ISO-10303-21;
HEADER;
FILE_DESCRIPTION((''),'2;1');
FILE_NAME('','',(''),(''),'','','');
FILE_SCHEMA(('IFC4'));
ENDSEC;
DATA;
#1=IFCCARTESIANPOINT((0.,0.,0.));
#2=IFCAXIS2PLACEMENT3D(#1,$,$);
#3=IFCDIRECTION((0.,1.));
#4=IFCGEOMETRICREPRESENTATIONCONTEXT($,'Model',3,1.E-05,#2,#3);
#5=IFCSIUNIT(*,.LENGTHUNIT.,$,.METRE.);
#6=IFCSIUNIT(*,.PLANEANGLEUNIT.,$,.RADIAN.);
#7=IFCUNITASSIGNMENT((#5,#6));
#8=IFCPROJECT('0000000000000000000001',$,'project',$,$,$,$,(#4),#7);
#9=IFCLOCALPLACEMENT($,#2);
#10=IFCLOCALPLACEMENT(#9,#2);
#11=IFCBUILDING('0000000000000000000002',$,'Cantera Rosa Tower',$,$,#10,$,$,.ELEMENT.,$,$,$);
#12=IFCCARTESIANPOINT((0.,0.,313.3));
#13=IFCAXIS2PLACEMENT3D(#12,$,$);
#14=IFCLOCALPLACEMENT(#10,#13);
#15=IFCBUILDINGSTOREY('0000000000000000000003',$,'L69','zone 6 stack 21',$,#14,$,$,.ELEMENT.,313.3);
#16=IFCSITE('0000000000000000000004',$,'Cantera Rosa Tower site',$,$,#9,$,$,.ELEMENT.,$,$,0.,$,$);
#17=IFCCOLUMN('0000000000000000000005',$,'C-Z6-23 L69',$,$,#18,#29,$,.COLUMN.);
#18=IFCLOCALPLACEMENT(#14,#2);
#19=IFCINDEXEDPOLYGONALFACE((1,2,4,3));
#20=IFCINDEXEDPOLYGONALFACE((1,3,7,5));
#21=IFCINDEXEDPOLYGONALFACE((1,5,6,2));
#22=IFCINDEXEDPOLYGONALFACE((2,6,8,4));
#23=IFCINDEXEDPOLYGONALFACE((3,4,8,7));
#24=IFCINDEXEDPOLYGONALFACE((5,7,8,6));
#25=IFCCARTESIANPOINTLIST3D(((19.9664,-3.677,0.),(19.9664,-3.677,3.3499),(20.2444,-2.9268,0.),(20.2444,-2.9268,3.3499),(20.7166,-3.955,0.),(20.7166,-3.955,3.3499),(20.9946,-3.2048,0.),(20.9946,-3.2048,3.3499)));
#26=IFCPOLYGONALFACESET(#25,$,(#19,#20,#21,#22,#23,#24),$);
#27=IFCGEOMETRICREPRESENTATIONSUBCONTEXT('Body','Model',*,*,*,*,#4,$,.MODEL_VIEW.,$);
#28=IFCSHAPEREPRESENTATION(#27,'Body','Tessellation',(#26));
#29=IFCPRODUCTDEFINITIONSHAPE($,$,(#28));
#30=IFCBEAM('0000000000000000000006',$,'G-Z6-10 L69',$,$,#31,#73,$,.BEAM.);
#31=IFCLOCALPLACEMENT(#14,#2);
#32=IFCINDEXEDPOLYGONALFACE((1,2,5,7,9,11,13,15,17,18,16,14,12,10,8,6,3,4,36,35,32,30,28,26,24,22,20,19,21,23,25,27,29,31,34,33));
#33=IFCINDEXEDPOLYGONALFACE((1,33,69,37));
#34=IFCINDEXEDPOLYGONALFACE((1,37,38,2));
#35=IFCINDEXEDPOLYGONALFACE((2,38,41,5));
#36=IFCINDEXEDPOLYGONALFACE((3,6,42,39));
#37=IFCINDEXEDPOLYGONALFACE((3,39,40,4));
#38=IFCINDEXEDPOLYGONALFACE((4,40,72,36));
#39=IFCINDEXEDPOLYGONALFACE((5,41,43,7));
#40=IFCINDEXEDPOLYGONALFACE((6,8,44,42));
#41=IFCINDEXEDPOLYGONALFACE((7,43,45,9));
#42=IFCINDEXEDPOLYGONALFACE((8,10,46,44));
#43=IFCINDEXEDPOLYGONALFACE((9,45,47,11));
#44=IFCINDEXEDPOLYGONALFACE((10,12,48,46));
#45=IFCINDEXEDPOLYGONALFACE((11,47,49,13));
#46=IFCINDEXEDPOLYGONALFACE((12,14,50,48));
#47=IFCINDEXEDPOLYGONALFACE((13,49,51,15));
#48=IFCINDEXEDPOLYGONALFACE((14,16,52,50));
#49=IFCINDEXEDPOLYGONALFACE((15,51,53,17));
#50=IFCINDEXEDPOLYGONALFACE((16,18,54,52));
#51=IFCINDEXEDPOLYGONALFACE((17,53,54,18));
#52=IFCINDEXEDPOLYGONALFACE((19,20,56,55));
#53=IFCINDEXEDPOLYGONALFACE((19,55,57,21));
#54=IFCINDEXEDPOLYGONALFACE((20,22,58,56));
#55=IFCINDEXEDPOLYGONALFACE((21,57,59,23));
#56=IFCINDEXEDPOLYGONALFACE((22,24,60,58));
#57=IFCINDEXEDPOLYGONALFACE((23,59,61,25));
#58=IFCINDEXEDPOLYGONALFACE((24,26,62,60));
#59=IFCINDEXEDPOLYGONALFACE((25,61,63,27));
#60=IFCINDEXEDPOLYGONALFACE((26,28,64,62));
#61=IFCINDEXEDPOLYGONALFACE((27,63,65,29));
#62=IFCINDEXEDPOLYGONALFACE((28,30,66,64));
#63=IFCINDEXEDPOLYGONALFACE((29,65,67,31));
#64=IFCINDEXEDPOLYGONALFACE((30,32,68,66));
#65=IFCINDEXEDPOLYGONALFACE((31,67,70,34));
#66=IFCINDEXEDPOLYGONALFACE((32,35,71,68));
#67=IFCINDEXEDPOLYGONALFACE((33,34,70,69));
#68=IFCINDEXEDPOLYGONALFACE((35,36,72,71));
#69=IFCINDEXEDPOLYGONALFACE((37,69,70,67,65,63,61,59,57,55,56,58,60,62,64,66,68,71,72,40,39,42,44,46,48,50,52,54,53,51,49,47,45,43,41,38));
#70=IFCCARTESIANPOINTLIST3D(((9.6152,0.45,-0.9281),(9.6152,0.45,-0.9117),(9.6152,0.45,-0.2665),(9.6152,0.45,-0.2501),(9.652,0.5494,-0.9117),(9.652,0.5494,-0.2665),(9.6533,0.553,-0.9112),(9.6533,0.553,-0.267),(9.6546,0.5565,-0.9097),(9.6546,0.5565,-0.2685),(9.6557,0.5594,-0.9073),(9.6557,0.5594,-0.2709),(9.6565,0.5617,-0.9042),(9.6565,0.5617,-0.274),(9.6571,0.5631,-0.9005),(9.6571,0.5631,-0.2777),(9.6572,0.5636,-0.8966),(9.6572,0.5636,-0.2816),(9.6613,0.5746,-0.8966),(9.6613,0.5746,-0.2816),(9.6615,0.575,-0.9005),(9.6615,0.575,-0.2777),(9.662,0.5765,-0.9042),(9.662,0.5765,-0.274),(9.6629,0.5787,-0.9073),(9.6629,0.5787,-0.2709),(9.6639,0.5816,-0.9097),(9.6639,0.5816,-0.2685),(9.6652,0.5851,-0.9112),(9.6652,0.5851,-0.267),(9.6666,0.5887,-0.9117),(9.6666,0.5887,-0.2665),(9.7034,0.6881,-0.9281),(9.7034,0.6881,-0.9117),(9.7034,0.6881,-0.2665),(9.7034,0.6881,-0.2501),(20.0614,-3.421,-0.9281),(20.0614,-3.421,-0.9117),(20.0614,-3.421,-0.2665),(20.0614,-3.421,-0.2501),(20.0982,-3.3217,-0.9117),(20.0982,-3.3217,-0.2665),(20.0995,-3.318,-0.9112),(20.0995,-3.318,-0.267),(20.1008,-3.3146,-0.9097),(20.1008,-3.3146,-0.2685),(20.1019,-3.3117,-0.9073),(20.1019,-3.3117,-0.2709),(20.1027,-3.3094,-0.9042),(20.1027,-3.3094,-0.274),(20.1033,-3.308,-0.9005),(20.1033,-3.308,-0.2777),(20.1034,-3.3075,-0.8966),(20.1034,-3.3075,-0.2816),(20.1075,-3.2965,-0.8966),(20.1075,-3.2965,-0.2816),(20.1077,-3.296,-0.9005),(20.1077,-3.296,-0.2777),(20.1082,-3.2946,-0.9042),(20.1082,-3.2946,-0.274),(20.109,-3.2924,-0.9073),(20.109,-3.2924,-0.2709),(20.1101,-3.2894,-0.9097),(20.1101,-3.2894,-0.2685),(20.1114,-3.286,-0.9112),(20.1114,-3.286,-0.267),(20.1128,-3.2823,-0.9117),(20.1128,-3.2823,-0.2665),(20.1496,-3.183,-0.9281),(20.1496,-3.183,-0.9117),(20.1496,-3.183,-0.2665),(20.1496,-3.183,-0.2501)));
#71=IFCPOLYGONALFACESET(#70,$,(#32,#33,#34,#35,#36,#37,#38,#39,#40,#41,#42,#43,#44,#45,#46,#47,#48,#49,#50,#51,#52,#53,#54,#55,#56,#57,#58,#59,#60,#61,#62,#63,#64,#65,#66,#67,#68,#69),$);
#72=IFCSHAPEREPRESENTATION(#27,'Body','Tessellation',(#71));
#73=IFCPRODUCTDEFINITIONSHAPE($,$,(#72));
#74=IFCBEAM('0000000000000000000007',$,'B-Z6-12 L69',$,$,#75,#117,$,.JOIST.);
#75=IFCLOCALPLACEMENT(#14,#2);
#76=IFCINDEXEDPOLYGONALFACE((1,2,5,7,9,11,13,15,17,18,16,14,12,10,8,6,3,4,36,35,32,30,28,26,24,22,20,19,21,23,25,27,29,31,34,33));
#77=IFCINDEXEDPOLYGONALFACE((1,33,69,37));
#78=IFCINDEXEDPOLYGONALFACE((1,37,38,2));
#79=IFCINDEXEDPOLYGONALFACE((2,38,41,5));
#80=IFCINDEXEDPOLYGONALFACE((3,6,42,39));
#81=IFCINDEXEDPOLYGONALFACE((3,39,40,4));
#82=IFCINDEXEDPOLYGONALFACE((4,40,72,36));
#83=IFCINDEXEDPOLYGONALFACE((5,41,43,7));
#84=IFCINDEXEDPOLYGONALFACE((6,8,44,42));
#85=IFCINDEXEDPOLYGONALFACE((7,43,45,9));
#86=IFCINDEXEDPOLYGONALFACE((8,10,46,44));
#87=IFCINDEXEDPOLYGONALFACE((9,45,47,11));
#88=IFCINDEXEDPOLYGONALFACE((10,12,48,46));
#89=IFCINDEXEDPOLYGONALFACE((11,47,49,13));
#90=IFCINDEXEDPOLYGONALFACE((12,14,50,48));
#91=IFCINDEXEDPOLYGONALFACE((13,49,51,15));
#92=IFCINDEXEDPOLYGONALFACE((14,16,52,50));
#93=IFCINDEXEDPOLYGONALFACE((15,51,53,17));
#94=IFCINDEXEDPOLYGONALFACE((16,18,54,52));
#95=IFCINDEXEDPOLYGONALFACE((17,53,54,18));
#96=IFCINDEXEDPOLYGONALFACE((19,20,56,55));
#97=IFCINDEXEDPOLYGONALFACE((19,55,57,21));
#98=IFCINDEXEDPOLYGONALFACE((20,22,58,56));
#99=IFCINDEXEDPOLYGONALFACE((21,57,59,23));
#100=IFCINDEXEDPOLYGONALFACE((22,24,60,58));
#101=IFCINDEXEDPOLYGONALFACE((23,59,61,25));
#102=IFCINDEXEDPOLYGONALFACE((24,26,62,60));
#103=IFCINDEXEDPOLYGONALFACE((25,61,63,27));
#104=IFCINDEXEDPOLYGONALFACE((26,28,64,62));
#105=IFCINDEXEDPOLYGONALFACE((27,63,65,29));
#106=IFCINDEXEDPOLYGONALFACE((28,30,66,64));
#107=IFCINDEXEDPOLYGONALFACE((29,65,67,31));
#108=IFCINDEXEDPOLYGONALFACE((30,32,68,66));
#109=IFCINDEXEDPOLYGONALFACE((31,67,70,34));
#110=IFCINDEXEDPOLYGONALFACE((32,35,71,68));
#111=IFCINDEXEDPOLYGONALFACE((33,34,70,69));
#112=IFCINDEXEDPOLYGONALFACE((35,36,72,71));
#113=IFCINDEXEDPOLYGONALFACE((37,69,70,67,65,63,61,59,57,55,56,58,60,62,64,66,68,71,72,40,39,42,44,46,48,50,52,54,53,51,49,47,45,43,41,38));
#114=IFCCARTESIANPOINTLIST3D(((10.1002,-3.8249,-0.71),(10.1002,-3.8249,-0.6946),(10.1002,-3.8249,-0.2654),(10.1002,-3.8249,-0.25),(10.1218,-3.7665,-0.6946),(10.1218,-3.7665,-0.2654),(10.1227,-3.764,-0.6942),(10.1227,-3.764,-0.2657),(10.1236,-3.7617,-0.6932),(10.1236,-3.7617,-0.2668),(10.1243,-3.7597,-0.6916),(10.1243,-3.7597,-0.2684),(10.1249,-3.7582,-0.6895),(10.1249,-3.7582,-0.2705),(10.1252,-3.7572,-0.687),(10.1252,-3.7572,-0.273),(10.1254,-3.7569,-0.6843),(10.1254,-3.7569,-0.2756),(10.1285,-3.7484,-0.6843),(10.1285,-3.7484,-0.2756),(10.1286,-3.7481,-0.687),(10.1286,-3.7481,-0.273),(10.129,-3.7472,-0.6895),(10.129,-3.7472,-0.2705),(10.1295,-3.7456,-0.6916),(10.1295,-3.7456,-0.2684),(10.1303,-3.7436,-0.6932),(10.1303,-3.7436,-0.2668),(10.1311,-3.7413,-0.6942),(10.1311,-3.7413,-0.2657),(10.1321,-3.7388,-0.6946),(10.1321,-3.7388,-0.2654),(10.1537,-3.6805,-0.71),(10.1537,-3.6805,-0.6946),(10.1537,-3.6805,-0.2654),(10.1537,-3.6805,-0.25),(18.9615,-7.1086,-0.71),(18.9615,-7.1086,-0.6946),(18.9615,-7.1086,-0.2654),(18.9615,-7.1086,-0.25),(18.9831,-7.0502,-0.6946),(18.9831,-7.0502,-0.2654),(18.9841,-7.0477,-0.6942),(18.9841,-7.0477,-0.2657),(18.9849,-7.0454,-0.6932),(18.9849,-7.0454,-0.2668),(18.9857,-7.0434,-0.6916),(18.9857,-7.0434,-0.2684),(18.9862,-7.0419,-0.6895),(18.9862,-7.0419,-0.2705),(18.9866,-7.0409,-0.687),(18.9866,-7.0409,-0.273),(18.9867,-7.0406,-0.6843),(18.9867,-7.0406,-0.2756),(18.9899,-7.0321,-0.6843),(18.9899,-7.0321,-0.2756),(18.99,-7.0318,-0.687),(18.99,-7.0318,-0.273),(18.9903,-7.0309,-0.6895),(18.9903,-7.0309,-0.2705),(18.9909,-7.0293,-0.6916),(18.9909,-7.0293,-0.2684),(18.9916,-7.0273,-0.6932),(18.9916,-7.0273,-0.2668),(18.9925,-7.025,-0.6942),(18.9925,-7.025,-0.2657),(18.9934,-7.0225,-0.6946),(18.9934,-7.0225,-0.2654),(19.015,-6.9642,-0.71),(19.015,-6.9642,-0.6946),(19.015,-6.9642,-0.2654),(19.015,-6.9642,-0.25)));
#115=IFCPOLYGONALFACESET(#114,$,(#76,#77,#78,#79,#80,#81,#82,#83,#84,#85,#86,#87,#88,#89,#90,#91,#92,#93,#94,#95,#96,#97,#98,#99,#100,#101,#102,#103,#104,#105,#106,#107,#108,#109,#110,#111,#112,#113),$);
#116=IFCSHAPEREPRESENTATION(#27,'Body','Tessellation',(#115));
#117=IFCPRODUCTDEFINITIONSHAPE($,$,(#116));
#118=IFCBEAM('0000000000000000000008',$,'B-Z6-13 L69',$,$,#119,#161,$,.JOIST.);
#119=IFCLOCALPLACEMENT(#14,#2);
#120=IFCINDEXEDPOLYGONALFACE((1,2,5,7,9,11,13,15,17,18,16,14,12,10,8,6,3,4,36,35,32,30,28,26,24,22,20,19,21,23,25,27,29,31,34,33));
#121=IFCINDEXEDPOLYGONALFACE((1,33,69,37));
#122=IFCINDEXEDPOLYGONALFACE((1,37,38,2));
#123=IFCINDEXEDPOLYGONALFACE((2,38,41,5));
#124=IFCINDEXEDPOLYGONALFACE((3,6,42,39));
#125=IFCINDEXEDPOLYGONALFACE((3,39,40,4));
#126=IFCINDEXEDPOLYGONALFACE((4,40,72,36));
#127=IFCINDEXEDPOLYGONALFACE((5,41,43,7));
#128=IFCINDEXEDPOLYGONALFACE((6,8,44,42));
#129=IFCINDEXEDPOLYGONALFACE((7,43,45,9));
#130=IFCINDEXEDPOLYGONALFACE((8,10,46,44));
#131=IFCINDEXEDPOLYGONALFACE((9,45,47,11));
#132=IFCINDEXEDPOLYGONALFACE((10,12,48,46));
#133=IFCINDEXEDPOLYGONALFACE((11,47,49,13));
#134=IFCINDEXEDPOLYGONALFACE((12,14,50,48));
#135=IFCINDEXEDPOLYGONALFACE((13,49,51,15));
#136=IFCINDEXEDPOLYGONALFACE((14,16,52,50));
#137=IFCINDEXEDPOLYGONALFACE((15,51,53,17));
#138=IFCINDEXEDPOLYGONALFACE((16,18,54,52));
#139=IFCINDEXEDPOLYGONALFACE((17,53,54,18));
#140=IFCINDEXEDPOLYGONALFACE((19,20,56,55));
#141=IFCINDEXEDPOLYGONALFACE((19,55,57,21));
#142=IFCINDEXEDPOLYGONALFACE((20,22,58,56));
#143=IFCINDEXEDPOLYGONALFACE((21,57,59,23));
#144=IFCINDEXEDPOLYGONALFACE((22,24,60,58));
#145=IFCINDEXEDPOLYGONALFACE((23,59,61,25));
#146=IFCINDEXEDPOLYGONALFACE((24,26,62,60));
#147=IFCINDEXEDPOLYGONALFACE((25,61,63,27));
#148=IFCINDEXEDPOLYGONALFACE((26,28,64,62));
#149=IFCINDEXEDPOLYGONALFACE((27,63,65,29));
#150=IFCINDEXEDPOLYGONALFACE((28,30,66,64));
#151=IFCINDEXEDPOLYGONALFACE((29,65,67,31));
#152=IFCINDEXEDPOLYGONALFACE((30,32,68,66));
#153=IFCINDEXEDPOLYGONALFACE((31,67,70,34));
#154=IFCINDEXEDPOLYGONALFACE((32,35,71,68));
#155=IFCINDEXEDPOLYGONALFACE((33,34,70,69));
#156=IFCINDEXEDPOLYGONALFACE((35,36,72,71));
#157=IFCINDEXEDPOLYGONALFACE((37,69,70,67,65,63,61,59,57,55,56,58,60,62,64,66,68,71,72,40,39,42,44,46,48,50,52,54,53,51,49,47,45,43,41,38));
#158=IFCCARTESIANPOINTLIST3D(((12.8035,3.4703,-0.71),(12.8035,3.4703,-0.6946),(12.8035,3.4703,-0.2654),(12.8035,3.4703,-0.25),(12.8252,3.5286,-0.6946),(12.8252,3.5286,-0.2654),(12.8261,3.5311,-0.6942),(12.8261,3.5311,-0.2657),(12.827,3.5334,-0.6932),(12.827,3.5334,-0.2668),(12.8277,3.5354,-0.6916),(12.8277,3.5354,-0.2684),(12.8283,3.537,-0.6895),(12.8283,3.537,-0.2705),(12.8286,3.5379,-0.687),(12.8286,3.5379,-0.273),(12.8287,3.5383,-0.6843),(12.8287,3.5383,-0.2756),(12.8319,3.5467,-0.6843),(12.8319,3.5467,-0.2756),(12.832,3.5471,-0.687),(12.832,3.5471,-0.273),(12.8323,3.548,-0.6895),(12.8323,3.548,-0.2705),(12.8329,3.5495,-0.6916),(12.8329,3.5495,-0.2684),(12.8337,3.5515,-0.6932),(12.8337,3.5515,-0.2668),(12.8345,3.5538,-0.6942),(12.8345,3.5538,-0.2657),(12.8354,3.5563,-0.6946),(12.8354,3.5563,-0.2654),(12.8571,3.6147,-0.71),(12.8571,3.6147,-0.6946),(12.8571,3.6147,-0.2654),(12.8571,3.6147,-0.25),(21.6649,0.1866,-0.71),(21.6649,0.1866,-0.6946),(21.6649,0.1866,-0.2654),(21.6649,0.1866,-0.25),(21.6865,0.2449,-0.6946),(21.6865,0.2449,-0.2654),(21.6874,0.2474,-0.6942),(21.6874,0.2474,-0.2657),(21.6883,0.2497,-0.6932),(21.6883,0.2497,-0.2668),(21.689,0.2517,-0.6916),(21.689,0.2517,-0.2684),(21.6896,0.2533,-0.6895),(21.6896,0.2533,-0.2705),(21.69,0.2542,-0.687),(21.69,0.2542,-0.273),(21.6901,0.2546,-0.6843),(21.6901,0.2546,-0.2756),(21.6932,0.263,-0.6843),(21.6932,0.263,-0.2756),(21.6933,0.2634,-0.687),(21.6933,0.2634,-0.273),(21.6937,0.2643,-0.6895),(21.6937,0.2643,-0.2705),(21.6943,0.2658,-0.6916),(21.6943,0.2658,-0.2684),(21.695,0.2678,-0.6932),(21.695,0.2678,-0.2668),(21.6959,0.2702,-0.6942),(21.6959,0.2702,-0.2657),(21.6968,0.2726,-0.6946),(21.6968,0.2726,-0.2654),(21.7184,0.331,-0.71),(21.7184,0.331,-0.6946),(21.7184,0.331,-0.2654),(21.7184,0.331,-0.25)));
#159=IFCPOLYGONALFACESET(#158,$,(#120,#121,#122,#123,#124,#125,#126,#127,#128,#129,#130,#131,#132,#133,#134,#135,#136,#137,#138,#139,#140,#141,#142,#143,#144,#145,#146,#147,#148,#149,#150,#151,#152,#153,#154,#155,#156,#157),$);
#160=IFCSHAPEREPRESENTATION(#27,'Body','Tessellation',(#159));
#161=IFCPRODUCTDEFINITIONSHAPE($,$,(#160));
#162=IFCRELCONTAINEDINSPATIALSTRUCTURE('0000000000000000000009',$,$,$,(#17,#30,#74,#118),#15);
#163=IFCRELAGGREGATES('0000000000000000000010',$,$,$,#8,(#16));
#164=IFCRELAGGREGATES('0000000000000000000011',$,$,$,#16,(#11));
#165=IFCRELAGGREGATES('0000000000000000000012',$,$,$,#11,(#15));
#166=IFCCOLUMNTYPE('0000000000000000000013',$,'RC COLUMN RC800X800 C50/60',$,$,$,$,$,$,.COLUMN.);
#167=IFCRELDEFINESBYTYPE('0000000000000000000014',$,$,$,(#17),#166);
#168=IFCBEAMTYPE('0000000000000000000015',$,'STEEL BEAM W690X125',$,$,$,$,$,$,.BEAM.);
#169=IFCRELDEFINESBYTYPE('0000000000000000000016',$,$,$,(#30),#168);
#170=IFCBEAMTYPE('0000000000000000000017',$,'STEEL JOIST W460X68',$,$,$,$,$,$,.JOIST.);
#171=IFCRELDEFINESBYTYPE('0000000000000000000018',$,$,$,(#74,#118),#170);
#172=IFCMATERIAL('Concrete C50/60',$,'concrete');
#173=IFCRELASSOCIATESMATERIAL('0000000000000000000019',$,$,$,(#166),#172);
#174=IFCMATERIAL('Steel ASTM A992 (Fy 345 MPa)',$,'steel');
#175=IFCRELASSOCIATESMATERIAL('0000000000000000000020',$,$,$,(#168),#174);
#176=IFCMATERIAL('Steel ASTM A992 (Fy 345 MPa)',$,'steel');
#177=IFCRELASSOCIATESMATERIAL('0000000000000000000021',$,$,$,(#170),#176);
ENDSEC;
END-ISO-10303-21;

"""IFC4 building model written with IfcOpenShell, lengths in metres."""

from ifc_helpers import new_model, si_unit, direction, frame, origin, origin_2d, place, context, subcontext, project, spatial, rectangle, i_section, extrude, material, material_profile, profile_set, type_object, element, save


model = new_model("IFC4")

# Units and contexts
model_context = context("Model", 3, precision=1e-05, world=origin(), true_north=direction((0.0, 1.0)))
body_context = subcontext(model_context, "Body", "Model", "MODEL_VIEW")
ifc_project = project(units=[si_unit("LENGTHUNIT", "METRE"), si_unit("PLANEANGLEUNIT", "RADIAN")], contexts=[model_context])

# Site, building, storey
site_placement = place(None, origin())
site = spatial("IfcSite", under=ifc_project, at=site_placement, Name="Cantera Rosa Tower site", CompositionType="ELEMENT", RefElevation=0.0)
building_placement = place(site_placement, origin())
building = spatial("IfcBuilding", under=site, at=building_placement, Name="Cantera Rosa Tower", CompositionType="ELEMENT")
storey_placement = place(building_placement, frame((0.0, 0.0, 313.3)))
storey = spatial("IfcBuildingStorey", under=building, at=storey_placement, Name="L69", Description="zone 6 stack 21", CompositionType="ELEMENT", Elevation=313.3)

# Column
ifc_material_1 = material(Name="Concrete C50/60", Category="concrete")
ifc_material_profile_1 = material_profile(ifc_material_1, rectangle(XDim=0.8, YDim=0.8, at=origin_2d()), Name="RC COLUMN RC800X800 C50/60")
ifc_profile_set_1 = profile_set([ifc_material_profile_1], Name="Concrete C50/60")
column_type = type_object("IfcColumnType", Name="RC COLUMN RC800X800 C50/60", PredefinedType="COLUMN", material=ifc_profile_set_1)
column_placement = place(storey_placement, frame((20.4805, -3.4409, 0.0), z_axis=(0.0, 0.0, 1.0), x_axis=(0.347481, 0.937687, 0.0)))
element("IfcColumn", 1, at=column_placement, inside=storey, type_object=column_type, Name="C-Z6-23 L69", PredefinedType="COLUMN", context=body_context, shape_type="SweptSolid", body=[
    extrude(rectangle(XDim=0.8, YDim=0.8, at=origin_2d()), origin(), (0.0, 0.0, 1.0), 3.3499),
])

# Beams
ifc_material_2 = material(Name="Steel ASTM A992 (Fy 345 MPa)", Category="steel")
ifc_material_profile_2 = material_profile(ifc_material_2, i_section(OverallWidth=0.2539, OverallDepth=0.678, WebThickness=0.0117, FlangeThickness=0.0164, FilletRadius=0.0151, at=origin_2d()), Name="W690X125")
ifc_profile_set_2 = profile_set([ifc_material_profile_2], Name="Steel ASTM A992 (Fy 345 MPa)")
beam_type_1 = type_object("IfcBeamType", Name="STEEL BEAM W690X125", PredefinedType="BEAM", material=ifc_profile_set_2)
beam_1_placement = place(storey_placement, frame((20.1055, -3.302, -0.5891), z_axis=(-0.937687, 0.34748, 0.0), x_axis=(-0.34748, -0.937687, 0.0)))
element("IfcBeam", 2, at=beam_1_placement, inside=storey, type_object=beam_type_1, Name="G-Z6-10 L69", PredefinedType="BEAM", context=body_context, shape_type="SweptSolid", body=[
    extrude(i_section(OverallWidth=0.2539, OverallDepth=0.678, WebThickness=0.0117, FlangeThickness=0.0164, FilletRadius=0.0151, at=origin_2d()), origin(), (0.0, 0.0, 1.0), 11.1404),
])
ifc_material_3 = material(Name="Steel ASTM A992 (Fy 345 MPa)", Category="steel")
ifc_material_profile_3 = material_profile(ifc_material_3, i_section(OverallWidth=0.1541, OverallDepth=0.46, WebThickness=0.009, FlangeThickness=0.0154, FilletRadius=0.0103, at=origin_2d()), Name="W460X68")
ifc_profile_set_3 = profile_set([ifc_material_profile_3], Name="Steel ASTM A992 (Fy 345 MPa)")
beam_type_2 = type_object("IfcBeamType", Name="STEEL JOIST W460X68", PredefinedType="JOIST", material=ifc_profile_set_3)
for number, where, z_axis, x_axis, name in (
    (3, (18.9883, -7.0364, -0.48), (-0.93769, 0.347474, 0.0), (-0.347474, -0.93769, 0.0), "B-Z6-12 L69"),
    (4, (21.6917, 0.2588, -0.48), (-0.93769, 0.347474, 0.0), (-0.347474, -0.93769, 0.0), "B-Z6-13 L69"),
):
    element("IfcBeam", number, at=place(storey_placement, frame(where, z_axis=z_axis, x_axis=x_axis)), inside=storey, type_object=beam_type_2, Name=name, PredefinedType="JOIST", context=body_context, shape_type="SweptSolid", body=[
        extrude(i_section(OverallWidth=0.1541, OverallDepth=0.46, WebThickness=0.009, FlangeThickness=0.0154, FilletRadius=0.0103, at=origin_2d()), origin(), (0.0, 0.0, 1.0), 9.4502),
    ])

save(model, "model.ifc")
